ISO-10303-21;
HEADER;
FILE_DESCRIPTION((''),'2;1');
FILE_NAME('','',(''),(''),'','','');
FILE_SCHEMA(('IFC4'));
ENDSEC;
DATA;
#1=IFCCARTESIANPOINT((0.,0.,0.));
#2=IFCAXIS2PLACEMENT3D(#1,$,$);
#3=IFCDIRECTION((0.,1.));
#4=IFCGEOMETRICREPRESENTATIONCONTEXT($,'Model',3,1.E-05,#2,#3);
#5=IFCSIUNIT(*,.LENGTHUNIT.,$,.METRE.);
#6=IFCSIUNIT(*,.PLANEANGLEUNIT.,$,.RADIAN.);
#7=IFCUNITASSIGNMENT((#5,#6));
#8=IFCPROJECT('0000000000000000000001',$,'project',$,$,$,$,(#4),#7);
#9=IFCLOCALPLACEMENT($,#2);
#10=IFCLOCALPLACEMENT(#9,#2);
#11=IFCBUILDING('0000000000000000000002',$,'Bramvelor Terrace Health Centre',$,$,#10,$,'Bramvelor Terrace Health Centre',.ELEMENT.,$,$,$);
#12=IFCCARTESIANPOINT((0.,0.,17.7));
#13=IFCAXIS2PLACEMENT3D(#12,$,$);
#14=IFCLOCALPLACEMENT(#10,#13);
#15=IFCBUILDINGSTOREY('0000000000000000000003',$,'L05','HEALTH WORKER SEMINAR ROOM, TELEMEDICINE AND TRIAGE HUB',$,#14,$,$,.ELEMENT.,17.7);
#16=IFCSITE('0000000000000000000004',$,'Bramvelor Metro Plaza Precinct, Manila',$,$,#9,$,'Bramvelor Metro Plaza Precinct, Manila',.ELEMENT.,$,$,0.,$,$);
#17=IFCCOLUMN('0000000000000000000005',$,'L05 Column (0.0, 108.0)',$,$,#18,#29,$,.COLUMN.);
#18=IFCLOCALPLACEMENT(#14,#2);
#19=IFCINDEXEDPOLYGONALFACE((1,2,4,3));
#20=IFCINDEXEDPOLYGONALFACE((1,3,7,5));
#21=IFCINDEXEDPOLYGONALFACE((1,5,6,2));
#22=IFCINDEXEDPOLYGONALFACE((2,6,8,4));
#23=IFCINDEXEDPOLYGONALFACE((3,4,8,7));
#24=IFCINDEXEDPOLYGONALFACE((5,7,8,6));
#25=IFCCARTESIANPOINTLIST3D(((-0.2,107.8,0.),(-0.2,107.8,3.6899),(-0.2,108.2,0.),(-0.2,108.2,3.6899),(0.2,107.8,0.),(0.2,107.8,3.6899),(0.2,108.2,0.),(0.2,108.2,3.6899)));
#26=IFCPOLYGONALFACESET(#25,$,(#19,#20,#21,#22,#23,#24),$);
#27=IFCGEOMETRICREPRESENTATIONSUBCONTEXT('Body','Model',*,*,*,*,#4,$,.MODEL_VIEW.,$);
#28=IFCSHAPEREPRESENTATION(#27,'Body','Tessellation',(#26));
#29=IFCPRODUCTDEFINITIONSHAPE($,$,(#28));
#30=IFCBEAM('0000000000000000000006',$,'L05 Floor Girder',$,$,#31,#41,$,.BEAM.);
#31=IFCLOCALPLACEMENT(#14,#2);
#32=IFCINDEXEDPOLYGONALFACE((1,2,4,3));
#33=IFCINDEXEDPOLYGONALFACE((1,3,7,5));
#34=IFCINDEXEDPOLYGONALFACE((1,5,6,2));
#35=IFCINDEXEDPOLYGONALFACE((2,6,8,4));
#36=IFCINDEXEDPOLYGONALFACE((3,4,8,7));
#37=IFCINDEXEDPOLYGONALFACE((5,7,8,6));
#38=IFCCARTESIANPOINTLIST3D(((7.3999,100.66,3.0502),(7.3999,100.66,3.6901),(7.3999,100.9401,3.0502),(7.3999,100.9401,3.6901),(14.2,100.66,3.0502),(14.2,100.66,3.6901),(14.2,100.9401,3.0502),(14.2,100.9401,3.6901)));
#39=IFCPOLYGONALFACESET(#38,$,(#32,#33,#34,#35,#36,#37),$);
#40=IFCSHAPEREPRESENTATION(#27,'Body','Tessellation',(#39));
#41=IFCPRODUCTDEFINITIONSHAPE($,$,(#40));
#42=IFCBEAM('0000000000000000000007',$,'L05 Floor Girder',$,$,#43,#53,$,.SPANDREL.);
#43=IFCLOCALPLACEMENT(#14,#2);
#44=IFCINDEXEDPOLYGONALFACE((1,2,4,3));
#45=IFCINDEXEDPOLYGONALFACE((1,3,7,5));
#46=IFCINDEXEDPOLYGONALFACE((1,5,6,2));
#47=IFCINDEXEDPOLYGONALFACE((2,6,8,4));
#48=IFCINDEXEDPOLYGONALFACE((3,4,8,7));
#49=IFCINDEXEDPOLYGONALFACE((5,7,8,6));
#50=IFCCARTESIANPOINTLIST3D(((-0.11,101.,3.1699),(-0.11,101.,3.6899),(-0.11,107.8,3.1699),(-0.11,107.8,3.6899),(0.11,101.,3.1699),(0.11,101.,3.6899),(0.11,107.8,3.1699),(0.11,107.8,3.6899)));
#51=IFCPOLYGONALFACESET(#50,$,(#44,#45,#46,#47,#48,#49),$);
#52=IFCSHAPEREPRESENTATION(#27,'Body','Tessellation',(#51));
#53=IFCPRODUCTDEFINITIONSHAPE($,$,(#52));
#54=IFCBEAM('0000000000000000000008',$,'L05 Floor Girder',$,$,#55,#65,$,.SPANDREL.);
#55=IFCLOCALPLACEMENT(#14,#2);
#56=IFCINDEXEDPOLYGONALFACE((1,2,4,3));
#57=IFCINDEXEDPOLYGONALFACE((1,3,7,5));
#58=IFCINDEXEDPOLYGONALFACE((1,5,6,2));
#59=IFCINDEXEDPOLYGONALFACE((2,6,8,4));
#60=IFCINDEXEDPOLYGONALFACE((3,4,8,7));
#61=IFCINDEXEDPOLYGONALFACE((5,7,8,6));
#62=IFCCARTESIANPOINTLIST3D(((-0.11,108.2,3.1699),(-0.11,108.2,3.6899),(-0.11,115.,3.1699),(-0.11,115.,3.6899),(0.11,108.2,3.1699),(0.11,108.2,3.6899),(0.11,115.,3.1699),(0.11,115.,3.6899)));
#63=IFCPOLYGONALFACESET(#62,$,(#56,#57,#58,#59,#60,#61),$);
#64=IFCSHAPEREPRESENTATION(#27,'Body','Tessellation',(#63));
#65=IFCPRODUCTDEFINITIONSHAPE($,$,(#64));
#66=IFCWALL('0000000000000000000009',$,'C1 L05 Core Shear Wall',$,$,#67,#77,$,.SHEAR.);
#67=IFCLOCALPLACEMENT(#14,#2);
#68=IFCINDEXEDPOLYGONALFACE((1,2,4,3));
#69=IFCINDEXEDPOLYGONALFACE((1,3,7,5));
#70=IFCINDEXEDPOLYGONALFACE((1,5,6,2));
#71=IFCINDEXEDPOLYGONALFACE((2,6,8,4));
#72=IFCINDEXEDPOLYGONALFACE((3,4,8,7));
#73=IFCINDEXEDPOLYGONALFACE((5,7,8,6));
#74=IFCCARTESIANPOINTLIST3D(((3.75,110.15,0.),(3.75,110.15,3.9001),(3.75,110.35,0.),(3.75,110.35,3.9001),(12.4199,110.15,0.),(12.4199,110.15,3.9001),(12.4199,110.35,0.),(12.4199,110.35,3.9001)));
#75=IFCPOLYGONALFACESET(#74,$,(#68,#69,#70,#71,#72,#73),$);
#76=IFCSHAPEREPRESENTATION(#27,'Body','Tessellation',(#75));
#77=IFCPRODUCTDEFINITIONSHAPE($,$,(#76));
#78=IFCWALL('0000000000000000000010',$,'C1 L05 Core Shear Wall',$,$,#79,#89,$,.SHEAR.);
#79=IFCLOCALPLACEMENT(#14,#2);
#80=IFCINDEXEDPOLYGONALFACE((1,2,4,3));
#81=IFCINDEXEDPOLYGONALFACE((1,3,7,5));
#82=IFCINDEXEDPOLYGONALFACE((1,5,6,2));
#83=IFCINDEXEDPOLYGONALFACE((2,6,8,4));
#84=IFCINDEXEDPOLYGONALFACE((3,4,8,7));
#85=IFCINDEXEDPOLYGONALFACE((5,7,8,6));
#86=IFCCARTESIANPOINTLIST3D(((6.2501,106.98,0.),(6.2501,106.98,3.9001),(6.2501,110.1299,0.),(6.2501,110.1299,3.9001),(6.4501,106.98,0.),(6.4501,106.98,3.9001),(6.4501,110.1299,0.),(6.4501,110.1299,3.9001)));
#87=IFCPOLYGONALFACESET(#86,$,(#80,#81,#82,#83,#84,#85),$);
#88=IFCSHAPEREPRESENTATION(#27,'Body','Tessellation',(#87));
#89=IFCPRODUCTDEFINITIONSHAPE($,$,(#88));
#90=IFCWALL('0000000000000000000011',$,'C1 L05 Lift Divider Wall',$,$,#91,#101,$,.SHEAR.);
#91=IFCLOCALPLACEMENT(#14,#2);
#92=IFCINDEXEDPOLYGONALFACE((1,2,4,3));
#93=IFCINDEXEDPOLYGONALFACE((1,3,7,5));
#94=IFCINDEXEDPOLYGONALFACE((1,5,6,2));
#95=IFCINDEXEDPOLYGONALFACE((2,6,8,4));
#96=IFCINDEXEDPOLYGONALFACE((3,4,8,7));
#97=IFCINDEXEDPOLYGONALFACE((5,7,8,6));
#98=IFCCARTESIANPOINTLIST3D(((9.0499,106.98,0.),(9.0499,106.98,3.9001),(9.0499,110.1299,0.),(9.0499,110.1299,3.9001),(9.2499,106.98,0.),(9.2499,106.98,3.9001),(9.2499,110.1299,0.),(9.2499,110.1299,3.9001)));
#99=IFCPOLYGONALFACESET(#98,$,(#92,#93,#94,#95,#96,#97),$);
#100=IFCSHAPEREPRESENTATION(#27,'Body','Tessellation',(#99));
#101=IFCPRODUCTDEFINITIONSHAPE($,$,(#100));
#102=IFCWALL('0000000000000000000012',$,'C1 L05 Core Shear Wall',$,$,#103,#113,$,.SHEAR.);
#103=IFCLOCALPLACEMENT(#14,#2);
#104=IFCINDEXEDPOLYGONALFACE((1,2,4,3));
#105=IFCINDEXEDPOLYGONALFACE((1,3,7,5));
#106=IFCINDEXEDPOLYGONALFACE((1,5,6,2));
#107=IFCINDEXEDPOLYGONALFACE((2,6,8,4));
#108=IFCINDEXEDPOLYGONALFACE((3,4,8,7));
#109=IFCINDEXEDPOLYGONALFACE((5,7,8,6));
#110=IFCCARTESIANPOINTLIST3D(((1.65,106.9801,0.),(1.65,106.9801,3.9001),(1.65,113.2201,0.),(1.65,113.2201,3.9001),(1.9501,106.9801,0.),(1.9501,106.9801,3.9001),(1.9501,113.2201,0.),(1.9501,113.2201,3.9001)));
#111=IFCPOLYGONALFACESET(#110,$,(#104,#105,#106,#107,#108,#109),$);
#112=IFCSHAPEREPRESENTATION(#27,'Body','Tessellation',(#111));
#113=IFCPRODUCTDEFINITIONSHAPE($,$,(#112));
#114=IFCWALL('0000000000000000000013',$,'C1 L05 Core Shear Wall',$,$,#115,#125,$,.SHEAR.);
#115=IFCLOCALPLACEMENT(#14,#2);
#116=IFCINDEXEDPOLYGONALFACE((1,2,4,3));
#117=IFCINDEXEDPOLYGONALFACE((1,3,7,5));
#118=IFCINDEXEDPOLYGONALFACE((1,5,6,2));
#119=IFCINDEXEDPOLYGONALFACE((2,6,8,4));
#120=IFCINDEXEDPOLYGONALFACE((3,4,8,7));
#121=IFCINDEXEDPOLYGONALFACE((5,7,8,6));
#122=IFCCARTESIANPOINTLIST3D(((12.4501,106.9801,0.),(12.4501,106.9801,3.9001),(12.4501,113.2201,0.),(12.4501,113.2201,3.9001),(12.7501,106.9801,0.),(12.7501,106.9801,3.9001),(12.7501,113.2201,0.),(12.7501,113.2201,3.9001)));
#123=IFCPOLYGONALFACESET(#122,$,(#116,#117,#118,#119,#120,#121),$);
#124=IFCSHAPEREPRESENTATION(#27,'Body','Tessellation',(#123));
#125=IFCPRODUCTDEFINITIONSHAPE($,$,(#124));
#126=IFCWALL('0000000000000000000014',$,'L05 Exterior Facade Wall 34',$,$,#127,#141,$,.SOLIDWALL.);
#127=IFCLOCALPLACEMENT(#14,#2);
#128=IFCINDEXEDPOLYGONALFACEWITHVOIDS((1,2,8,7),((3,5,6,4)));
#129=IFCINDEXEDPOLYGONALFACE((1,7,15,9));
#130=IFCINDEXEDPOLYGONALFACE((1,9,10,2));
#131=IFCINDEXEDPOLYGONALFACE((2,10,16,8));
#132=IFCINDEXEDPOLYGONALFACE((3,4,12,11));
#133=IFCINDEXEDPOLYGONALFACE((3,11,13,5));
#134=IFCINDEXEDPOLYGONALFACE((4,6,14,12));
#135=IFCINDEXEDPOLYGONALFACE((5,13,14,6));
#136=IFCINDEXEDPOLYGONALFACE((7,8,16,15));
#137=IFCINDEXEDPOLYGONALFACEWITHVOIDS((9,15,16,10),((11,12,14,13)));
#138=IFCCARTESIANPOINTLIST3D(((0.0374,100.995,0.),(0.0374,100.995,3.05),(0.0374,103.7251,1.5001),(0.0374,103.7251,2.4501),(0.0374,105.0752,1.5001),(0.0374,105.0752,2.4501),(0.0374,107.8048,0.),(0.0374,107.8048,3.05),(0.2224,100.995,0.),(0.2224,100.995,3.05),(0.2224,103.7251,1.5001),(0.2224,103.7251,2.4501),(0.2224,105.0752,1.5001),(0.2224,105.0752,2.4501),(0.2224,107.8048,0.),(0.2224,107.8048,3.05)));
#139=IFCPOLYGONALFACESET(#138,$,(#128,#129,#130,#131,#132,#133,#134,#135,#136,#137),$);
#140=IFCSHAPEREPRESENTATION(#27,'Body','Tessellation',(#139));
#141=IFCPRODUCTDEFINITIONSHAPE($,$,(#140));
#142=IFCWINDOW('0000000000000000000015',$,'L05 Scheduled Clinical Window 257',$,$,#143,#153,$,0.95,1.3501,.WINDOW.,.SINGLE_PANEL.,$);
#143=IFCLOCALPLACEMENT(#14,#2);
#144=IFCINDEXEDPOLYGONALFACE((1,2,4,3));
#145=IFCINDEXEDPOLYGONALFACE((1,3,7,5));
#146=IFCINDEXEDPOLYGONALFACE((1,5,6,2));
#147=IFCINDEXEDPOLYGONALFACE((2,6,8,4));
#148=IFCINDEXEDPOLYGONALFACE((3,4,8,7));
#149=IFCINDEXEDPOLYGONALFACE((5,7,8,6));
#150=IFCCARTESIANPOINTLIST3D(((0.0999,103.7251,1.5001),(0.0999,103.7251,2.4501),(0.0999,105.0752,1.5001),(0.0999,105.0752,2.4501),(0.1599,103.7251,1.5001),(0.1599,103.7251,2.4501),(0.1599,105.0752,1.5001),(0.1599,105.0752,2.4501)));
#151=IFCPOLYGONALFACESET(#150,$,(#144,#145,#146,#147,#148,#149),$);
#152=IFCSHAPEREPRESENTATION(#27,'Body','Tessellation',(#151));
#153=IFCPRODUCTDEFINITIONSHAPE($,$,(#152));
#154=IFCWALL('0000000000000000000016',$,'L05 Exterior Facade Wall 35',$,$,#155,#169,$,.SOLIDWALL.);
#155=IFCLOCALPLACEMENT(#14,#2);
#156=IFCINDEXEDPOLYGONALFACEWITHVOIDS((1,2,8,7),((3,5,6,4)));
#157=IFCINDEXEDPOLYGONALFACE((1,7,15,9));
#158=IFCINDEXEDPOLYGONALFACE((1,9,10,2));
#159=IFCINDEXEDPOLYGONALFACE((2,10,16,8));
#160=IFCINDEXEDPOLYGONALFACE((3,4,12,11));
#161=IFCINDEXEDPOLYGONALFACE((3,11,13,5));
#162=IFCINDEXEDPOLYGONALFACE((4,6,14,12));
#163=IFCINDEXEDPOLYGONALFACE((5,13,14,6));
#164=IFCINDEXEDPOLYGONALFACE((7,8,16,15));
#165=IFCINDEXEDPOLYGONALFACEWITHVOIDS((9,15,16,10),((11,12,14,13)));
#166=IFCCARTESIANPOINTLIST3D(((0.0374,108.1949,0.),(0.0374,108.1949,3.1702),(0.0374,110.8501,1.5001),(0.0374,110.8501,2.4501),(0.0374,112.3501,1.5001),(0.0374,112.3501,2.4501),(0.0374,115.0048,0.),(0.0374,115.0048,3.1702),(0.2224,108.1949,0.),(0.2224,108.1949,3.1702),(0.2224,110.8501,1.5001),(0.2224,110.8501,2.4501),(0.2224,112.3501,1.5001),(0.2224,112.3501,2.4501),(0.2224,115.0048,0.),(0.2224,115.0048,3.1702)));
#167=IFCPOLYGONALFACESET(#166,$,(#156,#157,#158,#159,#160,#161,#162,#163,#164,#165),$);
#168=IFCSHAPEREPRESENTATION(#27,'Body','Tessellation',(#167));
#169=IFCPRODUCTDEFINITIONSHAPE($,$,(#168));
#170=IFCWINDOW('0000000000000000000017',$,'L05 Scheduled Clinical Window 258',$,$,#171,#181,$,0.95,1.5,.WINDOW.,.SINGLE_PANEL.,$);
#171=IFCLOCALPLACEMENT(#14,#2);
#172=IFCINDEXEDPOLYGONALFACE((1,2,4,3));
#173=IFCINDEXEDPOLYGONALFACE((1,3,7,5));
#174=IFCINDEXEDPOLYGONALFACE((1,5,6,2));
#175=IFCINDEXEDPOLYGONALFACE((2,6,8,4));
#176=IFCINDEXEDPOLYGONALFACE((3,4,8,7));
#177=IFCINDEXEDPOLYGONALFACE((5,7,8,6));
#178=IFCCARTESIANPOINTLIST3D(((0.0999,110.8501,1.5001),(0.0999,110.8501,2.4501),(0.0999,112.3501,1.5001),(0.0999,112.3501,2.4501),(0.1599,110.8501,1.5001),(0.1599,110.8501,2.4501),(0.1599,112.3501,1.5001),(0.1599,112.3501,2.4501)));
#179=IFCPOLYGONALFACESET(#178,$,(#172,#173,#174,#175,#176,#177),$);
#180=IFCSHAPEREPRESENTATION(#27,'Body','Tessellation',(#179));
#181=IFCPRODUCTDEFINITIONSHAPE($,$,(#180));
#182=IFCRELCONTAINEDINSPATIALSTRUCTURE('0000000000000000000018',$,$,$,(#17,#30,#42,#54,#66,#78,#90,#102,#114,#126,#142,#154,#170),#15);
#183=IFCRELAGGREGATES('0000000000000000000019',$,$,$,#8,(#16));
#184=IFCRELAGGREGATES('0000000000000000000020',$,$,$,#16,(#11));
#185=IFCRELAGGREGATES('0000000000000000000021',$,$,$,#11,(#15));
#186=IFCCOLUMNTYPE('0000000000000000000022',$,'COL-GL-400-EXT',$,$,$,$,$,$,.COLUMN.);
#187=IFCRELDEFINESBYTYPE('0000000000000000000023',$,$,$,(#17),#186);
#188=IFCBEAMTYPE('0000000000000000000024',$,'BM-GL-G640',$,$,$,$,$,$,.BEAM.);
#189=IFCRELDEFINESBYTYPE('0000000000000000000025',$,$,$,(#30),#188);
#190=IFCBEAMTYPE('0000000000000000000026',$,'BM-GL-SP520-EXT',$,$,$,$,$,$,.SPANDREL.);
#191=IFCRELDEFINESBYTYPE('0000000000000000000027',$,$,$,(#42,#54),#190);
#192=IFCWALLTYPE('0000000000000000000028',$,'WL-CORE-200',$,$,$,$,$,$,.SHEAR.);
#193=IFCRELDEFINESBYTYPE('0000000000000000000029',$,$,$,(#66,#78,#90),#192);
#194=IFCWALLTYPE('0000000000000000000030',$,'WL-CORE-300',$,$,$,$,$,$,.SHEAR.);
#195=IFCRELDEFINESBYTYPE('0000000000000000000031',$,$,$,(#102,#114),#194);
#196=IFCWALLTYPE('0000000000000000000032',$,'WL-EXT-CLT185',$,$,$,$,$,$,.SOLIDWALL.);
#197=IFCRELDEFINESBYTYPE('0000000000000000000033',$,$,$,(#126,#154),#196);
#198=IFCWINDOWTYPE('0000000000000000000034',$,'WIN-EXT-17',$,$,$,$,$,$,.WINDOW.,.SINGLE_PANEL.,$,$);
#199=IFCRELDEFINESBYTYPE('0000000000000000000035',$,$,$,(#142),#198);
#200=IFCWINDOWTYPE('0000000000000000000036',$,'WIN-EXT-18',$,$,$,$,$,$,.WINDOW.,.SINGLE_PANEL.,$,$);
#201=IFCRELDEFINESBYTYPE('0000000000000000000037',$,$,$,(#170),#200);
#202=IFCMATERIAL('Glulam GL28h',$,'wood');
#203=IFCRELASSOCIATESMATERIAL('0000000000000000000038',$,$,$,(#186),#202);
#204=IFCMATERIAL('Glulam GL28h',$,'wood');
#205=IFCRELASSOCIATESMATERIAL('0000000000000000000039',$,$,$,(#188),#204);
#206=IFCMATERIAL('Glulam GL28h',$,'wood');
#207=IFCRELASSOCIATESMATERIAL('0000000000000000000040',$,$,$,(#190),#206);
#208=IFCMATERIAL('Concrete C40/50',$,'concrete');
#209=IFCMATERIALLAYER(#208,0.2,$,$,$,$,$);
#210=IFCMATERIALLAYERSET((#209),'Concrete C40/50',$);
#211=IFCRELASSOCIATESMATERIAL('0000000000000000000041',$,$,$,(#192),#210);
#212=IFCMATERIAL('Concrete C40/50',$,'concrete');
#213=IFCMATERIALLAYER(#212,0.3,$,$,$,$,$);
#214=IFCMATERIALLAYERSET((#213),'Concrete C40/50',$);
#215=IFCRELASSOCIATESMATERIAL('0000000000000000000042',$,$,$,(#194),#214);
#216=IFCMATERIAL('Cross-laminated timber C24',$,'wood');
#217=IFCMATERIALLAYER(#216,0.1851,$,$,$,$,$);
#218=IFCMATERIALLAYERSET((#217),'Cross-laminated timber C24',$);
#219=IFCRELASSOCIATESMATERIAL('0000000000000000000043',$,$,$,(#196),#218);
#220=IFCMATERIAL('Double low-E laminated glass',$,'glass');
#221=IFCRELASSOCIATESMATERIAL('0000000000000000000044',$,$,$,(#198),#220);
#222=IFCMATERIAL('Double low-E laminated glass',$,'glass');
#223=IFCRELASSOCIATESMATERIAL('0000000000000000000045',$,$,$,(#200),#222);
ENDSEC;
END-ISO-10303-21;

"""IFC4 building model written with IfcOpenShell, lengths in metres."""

from ifc_helpers import new_model, si_unit, direction, frame, frame_2d, origin, origin_2d, place, context, subcontext, project, spatial, rectangle, extrude, material, layer, layer_set, material_profile, profile_set, type_object, element, fill, save


model = new_model("IFC4")

# Units and contexts
model_context = context("Model", 3, precision=1e-05, world=origin(), true_north=direction((0.0, 1.0)))
body_context = subcontext(model_context, "Body", "Model", "MODEL_VIEW")
ifc_project = project(units=[si_unit("LENGTHUNIT", "METRE"), si_unit("PLANEANGLEUNIT", "RADIAN")], contexts=[model_context])

# Site, building, storey
site_placement = place(None, origin())
site = spatial("IfcSite", under=ifc_project, at=site_placement, Name="Bramvelor Metro Plaza Precinct, Manila", LongName="Bramvelor Metro Plaza Precinct, Manila", CompositionType="ELEMENT", RefElevation=0.0)
building_placement = place(site_placement, origin())
building = spatial("IfcBuilding", under=site, at=building_placement, Name="Bramvelor Terrace Health Centre", LongName="Bramvelor Terrace Health Centre", CompositionType="ELEMENT")
storey_placement = place(building_placement, frame((0.0, 0.0, 17.7)))
storey = spatial("IfcBuildingStorey", under=building, at=storey_placement, Name="L05", Description="HEALTH WORKER SEMINAR ROOM, TELEMEDICINE AND TRIAGE HUB", CompositionType="ELEMENT", Elevation=17.7)

# Column
ifc_material_1 = material(Name="Glulam GL28h", Category="wood")
ifc_material_profile_1 = material_profile(ifc_material_1, rectangle(XDim=0.3999, YDim=0.3999, at=origin_2d()), Name="GL 400x400")
ifc_profile_set_1 = profile_set([ifc_material_profile_1], Name="Glulam GL28h")
column_type = type_object("IfcColumnType", Name="COL-GL-400-EXT", PredefinedType="COLUMN", material=ifc_profile_set_1)
column_placement = place(storey_placement, frame((0.0, 108.0, 0.0), z_axis=(0.0, 0.0, 1.0), x_axis=(1.0, 0.0, 0.0)))
element("IfcColumn", 1, at=column_placement, inside=storey, type_object=column_type, Name="L05 Column (0.0, 108.0)", PredefinedType="COLUMN", context=body_context, shape_type="SweptSolid", body=[
    extrude(rectangle(XDim=0.3999, YDim=0.3999, at=origin_2d()), origin(), (0.0, 0.0, 1.0), 3.6899),
])

# Beams
ifc_material_2 = material(Name="Glulam GL28h", Category="wood")
ifc_material_profile_2 = material_profile(ifc_material_2, rectangle(XDim=0.28, YDim=0.6399, at=origin_2d()), Name="GL 280x640")
ifc_profile_set_2 = profile_set([ifc_material_profile_2], Name="Glulam GL28h")
beam_type_1 = type_object("IfcBeamType", Name="BM-GL-G640", PredefinedType="BEAM", material=ifc_profile_set_2)
beam_placement = place(storey_placement, frame((7.3999, 100.8, 3.3701), z_axis=(1.0, 0.0, 0.0), x_axis=(0.0, 1.0, 0.0)))
element("IfcBeam", 2, at=beam_placement, inside=storey, type_object=beam_type_1, Name="L05 Floor Girder", PredefinedType="BEAM", context=body_context, shape_type="SweptSolid", body=[
    extrude(rectangle(XDim=0.28, YDim=0.6399, at=origin_2d()), origin(), (0.0, 0.0, 1.0), 6.8),
])
ifc_material_3 = material(Name="Glulam GL28h", Category="wood")
ifc_material_profile_3 = material_profile(ifc_material_3, rectangle(XDim=0.22, YDim=0.52, at=origin_2d()), Name="GL 220x520")
ifc_profile_set_3 = profile_set([ifc_material_profile_3], Name="Glulam GL28h")
beam_type_2 = type_object("IfcBeamType", Name="BM-GL-SP520-EXT", PredefinedType="SPANDREL", material=ifc_profile_set_3)
for number, where, z_axis, x_axis, name in (
    (3, (0.0, 101.0, 3.4299), (0.0, 1.0, 0.0), (-1.0, 0.0, 0.0), "L05 Floor Girder"),
    (4, (0.0, 108.2, 3.4299), (0.0, 1.0, 0.0), (-1.0, 0.0, 0.0), "L05 Floor Girder"),
):
    element("IfcBeam", number, at=place(storey_placement, frame(where, z_axis=z_axis, x_axis=x_axis)), inside=storey, type_object=beam_type_2, Name=name, PredefinedType="SPANDREL", context=body_context, shape_type="SweptSolid", body=[
        extrude(rectangle(XDim=0.22, YDim=0.52, at=origin_2d()), origin(), (0.0, 0.0, 1.0), 6.8),
    ])

# Walls
ifc_material_4 = material(Name="Concrete C40/50", Category="concrete")
ifc_layer_1 = layer(ifc_material_4, 0.2)
ifc_layer_set_1 = layer_set([ifc_layer_1], Name="Concrete C40/50")
wall_type_1 = type_object("IfcWallType", Name="WL-CORE-200", PredefinedType="SHEAR", material=ifc_layer_set_1)
wall_1_placement = place(storey_placement, frame((3.75, 110.25, 0.0), z_axis=(0.0, 0.0, 1.0), x_axis=(1.0, 0.0, 0.0)))
element("IfcWall", 5, at=wall_1_placement, inside=storey, type_object=wall_type_1, Name="C1 L05 Core Shear Wall", PredefinedType="SHEAR", context=body_context, shape_type="SweptSolid", body=[
    extrude(rectangle(XDim=8.6699, YDim=0.2, at=frame_2d((4.335, 0.0))), origin(), (0.0, 0.0, 1.0), 3.9001),
])
for number, where, z_axis, x_axis, name in (
    (6, (6.3501, 106.98, 0.0), (0.0, 0.0, 1.0), (0.0, 1.0, 0.0), "C1 L05 Core Shear Wall"),
    (7, (9.1499, 106.98, 0.0), (0.0, 0.0, 1.0), (0.0, 1.0, 0.0), "C1 L05 Lift Divider Wall"),
):
    element("IfcWall", number, at=place(storey_placement, frame(where, z_axis=z_axis, x_axis=x_axis)), inside=storey, type_object=wall_type_1, Name=name, PredefinedType="SHEAR", context=body_context, shape_type="SweptSolid", body=[
        extrude(rectangle(XDim=3.1499, YDim=0.2, at=frame_2d((1.575, 0.0))), origin(), (0.0, 0.0, 1.0), 3.9001),
    ])

# Shared definitions
ifc_material_5 = material(Name="Concrete C40/50", Category="concrete")
ifc_layer_2 = layer(ifc_material_5, 0.3)
ifc_layer_set_2 = layer_set([ifc_layer_2], Name="Concrete C40/50")
wall_type_2 = type_object("IfcWallType", Name="WL-CORE-300", PredefinedType="SHEAR", material=ifc_layer_set_2)

# Walls
for number, where, z_axis, x_axis, name in (
    (8, (1.8, 106.98, 0.0), (0.0, 0.0, 1.0), (0.0, 1.0, 0.0), "C1 L05 Core Shear Wall"),
    (9, (12.6001, 106.98, 0.0), (0.0, 0.0, 1.0), (0.0, 1.0, 0.0), "C1 L05 Core Shear Wall"),
):
    element("IfcWall", number, at=place(storey_placement, frame(where, z_axis=z_axis, x_axis=x_axis)), inside=storey, type_object=wall_type_2, Name=name, PredefinedType="SHEAR", context=body_context, shape_type="SweptSolid", body=[
        extrude(rectangle(XDim=6.24, YDim=0.3, at=frame_2d((3.1201, 0.0))), origin(), (0.0, 0.0, 1.0), 3.9001),
    ])

# Walls, openings, windows
ifc_material_6 = material(Name="Cross-laminated timber C24", Category="wood")
ifc_layer_3 = layer(ifc_material_6, 0.1851)
ifc_layer_set_3 = layer_set([ifc_layer_3], Name="Cross-laminated timber C24")
wall_type_3 = type_object("IfcWallType", Name="WL-EXT-CLT185", PredefinedType="SOLIDWALL", material=ifc_layer_set_3)
wall_2_placement = place(storey_placement, frame((0.1299, 100.9951, 0.0), z_axis=(0.0, 0.0, 1.0), x_axis=(0.0, 1.0, 0.0)))
wall_2 = element("IfcWall", 10, at=wall_2_placement, inside=storey, type_object=wall_type_3, Name="L05 Exterior Facade Wall 34", PredefinedType="SOLIDWALL", context=body_context, shape_type="SweptSolid", body=[
    extrude(rectangle(XDim=6.8098, YDim=0.1851, at=frame_2d((3.4048, 0.0))), origin(), (0.0, 0.0, 1.0), 3.05),
])
opening_1_placement = place(wall_2_placement, frame((2.73, 0.0, 1.5)))
opening_1 = element("IfcOpeningElement", 11, at=opening_1_placement, cuts=wall_2, PredefinedType="OPENING", context=body_context, shape_type="SweptSolid", body=[
    extrude(rectangle(XDim=1.3501, YDim=0.95, at=frame_2d((0.675, 0.4751))), frame((0.0, 0.1025, 0.0), z_axis=(0.0, -1.0, 0.0), x_axis=(1.0, 0.0, 0.0)), (0.0, 0.0, 1.0), 0.2051),
])
ifc_material_7 = material(Name="Double low-E laminated glass", Category="glass")
window_type_1 = type_object("IfcWindowType", Name="WIN-EXT-17", PartitioningType="SINGLE_PANEL", PredefinedType="WINDOW", material=ifc_material_7)
window_1_placement = place(opening_1_placement, origin())
window_1 = element("IfcWindow", 12, at=window_1_placement, inside=storey, type_object=window_type_1, Name="L05 Scheduled Clinical Window 257", OverallHeight=0.95, OverallWidth=1.3501, PartitioningType="SINGLE_PANEL", PredefinedType="WINDOW", context=body_context, shape_type="SweptSolid", body=[
    extrude(rectangle(XDim=1.3501, YDim=0.95, at=frame_2d((0.675, 0.4751))), frame((0.0, 0.03, 0.0), z_axis=(0.0, -1.0, 0.0), x_axis=(1.0, 0.0, 0.0)), (0.0, 0.0, 1.0), 0.0601),
])
fill(opening_1, window_1)
wall_3_placement = place(storey_placement, frame((0.1299, 108.1951, 0.0), z_axis=(0.0, 0.0, 1.0), x_axis=(0.0, 1.0, 0.0)))
wall_3 = element("IfcWall", 13, at=wall_3_placement, inside=storey, type_object=wall_type_3, Name="L05 Exterior Facade Wall 35", PredefinedType="SOLIDWALL", context=body_context, shape_type="SweptSolid", body=[
    extrude(rectangle(XDim=6.8098, YDim=0.1851, at=frame_2d((3.4048, 0.0))), origin(), (0.0, 0.0, 1.0), 3.1702),
])
opening_2_placement = place(wall_3_placement, frame((2.655, 0.0, 1.5)))
opening_2 = element("IfcOpeningElement", 14, at=opening_2_placement, cuts=wall_3, PredefinedType="OPENING", context=body_context, shape_type="SweptSolid", body=[
    extrude(rectangle(XDim=1.5, YDim=0.95, at=frame_2d((0.75, 0.4751))), frame((0.0, 0.1025, 0.0), z_axis=(0.0, -1.0, 0.0), x_axis=(1.0, 0.0, 0.0)), (0.0, 0.0, 1.0), 0.2051),
])
ifc_material_8 = material(Name="Double low-E laminated glass", Category="glass")
window_type_2 = type_object("IfcWindowType", Name="WIN-EXT-18", PartitioningType="SINGLE_PANEL", PredefinedType="WINDOW", material=ifc_material_8)
window_2_placement = place(opening_2_placement, origin())
window_2 = element("IfcWindow", 15, at=window_2_placement, inside=storey, type_object=window_type_2, Name="L05 Scheduled Clinical Window 258", OverallHeight=0.95, OverallWidth=1.5, PartitioningType="SINGLE_PANEL", PredefinedType="WINDOW", context=body_context, shape_type="SweptSolid", body=[
    extrude(rectangle(XDim=1.5, YDim=0.95, at=frame_2d((0.75, 0.4751))), frame((0.0, 0.03, 0.0), z_axis=(0.0, -1.0, 0.0), x_axis=(1.0, 0.0, 0.0)), (0.0, 0.0, 1.0), 0.0601),
])
fill(opening_2, window_2)

save(model, "model.ifc")
